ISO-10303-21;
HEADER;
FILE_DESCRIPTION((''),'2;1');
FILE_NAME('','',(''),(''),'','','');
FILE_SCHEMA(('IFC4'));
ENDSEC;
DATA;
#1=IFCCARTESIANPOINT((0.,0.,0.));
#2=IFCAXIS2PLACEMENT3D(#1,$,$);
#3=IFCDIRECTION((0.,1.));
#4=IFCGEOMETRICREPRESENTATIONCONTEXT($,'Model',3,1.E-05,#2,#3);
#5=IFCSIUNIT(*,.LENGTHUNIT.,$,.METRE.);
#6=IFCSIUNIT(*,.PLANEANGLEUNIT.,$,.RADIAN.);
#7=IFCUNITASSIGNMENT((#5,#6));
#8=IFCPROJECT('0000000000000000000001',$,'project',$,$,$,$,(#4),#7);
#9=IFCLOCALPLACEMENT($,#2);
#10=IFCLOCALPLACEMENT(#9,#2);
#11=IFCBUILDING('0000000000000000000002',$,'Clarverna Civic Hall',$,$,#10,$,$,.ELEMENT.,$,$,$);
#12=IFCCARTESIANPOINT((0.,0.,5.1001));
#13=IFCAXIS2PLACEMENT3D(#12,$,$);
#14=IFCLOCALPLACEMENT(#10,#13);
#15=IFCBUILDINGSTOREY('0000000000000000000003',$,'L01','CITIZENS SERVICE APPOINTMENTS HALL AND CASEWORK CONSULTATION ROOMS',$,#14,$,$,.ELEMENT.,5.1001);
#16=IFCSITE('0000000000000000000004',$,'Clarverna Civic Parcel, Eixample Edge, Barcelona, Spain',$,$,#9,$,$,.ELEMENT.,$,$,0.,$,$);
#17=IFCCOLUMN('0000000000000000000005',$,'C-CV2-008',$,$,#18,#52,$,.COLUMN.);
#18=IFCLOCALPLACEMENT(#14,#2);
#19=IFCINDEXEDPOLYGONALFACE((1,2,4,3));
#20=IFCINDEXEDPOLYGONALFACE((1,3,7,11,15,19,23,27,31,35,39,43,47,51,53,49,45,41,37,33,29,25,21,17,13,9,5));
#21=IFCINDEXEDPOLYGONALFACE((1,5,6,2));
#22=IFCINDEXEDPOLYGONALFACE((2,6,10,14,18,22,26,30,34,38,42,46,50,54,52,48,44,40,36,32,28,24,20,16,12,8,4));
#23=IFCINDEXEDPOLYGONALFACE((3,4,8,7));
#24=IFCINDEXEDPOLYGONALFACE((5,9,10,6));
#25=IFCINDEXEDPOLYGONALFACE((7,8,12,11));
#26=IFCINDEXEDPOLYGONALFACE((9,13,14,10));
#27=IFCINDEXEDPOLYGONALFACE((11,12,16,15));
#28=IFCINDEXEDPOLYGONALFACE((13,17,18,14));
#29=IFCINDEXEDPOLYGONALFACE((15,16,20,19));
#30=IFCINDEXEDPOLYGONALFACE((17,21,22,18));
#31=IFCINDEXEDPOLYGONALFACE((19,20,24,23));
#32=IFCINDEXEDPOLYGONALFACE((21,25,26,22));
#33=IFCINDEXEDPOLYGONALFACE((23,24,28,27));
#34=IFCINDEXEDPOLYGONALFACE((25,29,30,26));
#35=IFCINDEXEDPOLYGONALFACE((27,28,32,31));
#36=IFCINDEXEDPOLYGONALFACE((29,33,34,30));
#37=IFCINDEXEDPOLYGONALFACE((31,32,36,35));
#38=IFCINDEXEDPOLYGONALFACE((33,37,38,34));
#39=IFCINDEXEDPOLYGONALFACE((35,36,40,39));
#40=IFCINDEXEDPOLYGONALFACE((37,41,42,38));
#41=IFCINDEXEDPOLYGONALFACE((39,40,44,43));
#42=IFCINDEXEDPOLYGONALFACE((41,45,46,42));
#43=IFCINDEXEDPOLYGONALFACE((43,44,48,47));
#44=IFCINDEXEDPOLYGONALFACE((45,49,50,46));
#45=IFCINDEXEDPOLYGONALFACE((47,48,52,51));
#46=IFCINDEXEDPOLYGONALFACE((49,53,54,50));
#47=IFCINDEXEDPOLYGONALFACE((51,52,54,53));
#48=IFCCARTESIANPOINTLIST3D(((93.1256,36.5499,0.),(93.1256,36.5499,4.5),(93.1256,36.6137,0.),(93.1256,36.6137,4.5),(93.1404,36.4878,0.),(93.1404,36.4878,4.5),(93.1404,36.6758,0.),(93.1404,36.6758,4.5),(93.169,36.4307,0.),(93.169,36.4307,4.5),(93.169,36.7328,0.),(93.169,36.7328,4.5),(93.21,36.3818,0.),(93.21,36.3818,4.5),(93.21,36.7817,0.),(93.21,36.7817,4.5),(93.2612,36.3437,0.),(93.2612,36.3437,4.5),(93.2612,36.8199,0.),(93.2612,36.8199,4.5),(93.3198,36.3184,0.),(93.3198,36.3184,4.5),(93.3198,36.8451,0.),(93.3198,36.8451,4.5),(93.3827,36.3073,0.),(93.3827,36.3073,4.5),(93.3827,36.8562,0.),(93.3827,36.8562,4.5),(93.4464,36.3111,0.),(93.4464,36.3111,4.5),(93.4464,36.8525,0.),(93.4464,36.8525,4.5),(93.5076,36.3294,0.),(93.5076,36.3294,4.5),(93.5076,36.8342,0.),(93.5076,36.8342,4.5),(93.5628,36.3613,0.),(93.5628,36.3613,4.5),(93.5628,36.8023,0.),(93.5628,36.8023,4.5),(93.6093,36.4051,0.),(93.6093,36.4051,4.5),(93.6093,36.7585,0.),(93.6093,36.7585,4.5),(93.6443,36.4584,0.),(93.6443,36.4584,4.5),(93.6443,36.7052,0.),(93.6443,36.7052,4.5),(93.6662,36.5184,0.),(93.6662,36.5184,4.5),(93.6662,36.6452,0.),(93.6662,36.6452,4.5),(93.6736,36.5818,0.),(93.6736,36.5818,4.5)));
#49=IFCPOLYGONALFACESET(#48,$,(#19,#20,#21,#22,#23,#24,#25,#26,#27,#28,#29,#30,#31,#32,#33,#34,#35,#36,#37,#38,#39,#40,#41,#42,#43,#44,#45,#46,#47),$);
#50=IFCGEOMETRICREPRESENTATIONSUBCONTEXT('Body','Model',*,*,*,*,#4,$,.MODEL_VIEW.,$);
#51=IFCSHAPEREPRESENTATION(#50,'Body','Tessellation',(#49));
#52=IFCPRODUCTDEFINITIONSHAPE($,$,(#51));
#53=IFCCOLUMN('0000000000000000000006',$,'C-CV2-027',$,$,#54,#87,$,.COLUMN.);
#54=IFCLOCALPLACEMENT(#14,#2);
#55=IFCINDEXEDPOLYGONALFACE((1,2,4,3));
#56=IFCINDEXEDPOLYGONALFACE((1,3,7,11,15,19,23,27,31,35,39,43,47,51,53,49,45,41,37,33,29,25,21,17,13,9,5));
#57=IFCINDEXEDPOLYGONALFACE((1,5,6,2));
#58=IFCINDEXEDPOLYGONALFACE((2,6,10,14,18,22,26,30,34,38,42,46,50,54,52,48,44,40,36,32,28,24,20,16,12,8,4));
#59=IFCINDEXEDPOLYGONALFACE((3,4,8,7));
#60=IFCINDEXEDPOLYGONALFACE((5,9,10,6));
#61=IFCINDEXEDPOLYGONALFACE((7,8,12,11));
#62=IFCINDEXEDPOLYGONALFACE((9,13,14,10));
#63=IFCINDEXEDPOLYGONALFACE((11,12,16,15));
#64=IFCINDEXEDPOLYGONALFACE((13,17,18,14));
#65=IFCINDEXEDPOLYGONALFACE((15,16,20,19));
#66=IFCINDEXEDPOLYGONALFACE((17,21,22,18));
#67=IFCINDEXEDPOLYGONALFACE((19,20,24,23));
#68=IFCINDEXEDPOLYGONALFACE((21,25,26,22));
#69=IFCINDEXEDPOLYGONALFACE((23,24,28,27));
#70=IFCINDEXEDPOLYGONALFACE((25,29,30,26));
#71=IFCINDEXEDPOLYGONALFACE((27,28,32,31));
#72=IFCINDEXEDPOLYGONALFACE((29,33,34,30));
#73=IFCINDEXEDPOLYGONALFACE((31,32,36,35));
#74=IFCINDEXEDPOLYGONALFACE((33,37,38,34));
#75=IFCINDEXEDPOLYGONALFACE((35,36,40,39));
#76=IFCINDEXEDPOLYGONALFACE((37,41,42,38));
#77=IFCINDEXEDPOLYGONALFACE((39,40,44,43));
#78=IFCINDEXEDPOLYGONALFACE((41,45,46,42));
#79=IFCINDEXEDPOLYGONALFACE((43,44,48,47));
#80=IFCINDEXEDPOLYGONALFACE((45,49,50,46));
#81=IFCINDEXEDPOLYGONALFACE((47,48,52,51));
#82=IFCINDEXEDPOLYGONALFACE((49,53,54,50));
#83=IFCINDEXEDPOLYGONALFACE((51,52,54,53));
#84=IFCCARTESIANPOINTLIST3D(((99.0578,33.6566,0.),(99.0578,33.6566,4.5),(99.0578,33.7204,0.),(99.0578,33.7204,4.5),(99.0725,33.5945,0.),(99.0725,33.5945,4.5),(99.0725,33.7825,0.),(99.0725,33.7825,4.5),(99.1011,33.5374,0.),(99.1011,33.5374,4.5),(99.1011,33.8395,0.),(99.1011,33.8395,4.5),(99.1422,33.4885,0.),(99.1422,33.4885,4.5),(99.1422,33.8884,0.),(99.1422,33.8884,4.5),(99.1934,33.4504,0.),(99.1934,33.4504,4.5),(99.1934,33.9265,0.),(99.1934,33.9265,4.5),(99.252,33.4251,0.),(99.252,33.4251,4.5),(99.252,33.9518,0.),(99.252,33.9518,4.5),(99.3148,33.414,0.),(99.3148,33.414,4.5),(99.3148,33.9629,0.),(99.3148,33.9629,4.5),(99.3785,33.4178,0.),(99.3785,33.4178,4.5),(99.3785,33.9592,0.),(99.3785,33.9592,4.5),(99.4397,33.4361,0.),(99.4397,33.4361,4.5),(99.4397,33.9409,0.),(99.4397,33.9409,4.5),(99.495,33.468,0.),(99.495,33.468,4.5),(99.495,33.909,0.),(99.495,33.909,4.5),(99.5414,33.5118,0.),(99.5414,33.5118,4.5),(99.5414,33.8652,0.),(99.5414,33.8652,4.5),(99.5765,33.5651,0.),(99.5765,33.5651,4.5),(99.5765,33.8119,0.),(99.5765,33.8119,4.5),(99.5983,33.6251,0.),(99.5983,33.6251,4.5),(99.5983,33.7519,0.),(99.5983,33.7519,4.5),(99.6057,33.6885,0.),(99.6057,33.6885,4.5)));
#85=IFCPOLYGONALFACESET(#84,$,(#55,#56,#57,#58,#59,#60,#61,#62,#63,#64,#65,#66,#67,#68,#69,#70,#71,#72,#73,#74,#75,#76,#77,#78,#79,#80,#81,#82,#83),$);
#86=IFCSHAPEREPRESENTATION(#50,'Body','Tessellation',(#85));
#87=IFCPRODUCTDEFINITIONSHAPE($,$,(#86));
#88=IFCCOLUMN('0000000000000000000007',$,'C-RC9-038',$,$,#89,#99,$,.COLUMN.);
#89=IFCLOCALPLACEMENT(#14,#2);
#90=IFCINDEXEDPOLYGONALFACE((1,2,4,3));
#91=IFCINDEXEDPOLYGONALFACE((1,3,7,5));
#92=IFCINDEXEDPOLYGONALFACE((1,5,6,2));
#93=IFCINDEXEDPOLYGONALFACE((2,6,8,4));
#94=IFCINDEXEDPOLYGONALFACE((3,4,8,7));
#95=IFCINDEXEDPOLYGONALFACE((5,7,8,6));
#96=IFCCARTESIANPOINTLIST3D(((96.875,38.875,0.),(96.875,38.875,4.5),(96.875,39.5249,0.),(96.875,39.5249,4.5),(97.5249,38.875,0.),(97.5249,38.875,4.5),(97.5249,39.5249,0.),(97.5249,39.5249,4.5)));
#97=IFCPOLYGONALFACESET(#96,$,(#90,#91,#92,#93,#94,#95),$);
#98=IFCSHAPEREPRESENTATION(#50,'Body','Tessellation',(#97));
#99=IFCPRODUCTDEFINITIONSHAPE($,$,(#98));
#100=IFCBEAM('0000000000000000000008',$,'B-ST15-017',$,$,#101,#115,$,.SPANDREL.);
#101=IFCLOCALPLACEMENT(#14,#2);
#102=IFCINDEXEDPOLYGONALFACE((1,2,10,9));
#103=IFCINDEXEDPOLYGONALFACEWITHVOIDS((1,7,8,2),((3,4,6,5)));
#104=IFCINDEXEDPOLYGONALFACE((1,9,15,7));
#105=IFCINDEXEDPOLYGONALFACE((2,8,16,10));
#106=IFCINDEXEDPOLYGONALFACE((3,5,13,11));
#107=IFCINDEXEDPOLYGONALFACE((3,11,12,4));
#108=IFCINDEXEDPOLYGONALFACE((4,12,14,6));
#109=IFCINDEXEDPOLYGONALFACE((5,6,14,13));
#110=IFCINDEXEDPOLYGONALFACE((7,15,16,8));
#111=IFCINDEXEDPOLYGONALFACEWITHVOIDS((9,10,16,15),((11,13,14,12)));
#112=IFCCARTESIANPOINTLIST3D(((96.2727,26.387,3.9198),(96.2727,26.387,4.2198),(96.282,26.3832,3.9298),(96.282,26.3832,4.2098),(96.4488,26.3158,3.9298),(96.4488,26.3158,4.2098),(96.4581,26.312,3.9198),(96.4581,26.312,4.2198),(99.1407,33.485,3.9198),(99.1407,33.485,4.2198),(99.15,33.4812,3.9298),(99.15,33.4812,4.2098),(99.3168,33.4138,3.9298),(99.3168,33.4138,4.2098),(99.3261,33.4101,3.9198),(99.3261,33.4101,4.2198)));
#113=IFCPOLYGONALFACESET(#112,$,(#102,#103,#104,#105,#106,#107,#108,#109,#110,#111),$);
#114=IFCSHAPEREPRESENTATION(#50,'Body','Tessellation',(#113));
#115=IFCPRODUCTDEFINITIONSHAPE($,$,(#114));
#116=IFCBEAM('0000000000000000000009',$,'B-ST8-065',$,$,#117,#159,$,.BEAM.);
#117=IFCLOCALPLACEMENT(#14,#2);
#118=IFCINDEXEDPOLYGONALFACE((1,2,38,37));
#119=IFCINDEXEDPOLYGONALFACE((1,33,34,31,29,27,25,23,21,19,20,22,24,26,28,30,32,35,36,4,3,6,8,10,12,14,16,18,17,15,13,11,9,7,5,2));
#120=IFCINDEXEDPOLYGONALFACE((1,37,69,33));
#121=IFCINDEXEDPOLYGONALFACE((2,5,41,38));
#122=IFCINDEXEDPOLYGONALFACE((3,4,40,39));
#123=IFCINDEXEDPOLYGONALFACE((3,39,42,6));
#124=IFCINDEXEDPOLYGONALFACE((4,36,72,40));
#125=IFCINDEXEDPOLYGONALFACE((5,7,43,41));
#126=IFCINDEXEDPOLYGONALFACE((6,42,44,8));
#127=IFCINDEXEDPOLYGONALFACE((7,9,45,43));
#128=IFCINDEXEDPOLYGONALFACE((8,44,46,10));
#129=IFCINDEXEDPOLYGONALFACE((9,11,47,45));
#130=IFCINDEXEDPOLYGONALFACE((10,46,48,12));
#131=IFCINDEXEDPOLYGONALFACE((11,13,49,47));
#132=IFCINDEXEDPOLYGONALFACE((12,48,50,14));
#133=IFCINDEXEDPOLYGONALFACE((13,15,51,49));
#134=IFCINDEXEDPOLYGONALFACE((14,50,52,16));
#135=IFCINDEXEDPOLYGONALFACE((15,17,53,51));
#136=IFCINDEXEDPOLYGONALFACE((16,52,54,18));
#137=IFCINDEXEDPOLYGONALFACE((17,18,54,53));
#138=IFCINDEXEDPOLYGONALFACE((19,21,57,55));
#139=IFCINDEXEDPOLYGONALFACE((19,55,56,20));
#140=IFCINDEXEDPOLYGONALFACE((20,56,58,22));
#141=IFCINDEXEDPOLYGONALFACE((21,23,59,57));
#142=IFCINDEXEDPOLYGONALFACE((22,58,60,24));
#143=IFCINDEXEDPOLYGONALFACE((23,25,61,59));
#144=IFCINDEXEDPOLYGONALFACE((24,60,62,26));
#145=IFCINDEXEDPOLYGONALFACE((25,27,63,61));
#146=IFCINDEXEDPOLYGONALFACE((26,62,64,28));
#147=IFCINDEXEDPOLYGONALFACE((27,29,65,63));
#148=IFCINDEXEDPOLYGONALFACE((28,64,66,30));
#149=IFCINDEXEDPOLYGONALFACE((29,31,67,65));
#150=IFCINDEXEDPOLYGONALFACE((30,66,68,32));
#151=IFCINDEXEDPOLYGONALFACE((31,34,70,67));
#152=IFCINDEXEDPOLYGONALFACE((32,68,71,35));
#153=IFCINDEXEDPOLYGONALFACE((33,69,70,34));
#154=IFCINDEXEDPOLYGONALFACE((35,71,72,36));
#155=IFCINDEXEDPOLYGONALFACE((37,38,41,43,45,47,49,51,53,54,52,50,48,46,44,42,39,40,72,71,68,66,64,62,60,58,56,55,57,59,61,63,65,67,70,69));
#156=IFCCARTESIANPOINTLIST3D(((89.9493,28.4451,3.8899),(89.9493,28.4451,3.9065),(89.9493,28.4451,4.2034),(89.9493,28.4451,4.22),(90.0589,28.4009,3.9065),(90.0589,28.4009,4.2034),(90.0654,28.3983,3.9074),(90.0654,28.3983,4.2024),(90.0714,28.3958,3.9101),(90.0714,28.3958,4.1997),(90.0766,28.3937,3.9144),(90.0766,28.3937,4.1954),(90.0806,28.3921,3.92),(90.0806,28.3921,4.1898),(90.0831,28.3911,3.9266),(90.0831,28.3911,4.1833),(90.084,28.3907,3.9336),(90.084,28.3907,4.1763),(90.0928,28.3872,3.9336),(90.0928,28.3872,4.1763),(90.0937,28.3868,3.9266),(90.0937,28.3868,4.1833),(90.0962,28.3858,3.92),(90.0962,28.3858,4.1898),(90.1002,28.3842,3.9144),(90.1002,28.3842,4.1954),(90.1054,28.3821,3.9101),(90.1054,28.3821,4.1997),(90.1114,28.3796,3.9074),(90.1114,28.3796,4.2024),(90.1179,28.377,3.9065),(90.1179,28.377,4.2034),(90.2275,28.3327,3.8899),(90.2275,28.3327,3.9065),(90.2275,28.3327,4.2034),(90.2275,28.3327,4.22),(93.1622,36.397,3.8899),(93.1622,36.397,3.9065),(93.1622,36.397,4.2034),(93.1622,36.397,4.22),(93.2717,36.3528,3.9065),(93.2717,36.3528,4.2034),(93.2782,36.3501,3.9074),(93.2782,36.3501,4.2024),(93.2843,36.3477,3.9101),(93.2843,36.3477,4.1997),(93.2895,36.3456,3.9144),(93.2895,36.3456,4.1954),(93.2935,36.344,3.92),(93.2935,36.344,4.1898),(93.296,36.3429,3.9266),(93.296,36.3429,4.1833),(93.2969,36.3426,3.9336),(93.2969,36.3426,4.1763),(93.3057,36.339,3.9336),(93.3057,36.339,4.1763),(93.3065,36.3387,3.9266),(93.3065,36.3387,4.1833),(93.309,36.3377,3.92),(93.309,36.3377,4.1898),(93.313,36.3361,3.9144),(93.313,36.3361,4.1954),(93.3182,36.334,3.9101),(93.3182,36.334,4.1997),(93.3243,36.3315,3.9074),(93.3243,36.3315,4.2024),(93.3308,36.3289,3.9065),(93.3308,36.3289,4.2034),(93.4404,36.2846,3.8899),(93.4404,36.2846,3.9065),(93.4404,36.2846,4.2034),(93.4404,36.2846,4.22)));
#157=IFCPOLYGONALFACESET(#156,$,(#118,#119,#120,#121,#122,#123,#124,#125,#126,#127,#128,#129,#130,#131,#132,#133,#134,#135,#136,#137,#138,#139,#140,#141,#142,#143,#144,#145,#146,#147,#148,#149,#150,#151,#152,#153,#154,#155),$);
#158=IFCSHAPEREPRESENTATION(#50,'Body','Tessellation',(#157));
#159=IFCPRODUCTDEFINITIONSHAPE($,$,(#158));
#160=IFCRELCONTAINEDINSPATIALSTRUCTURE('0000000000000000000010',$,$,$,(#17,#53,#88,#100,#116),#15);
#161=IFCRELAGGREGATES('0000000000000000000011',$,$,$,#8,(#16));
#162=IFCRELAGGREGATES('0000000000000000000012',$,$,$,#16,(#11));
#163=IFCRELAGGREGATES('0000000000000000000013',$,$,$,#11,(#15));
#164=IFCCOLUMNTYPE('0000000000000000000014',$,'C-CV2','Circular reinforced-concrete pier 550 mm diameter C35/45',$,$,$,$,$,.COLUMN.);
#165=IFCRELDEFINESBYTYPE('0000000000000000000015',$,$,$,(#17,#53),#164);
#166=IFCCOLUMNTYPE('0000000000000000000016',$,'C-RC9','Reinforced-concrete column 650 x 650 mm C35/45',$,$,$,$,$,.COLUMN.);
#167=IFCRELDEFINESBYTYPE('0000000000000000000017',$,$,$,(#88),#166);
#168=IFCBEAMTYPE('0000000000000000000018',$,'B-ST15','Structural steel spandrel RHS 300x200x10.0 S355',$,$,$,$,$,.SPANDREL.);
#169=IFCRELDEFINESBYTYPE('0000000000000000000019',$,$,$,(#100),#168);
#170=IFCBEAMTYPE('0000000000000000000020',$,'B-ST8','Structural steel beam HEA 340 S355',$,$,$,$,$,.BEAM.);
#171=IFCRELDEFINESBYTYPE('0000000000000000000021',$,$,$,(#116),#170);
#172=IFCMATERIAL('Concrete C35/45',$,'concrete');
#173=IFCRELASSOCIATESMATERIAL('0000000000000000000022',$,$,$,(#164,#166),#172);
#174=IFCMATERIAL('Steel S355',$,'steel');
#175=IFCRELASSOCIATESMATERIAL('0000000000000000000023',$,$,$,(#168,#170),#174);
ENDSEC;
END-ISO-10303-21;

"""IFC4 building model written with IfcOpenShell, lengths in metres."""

from ifc_helpers import new_model, si_unit, direction, frame, origin, origin_2d, place, context, subcontext, project, spatial, rectangle, hollow_rectangle, circle, i_section, extrude, material, material_profile, profile_set, type_object, element, save


model = new_model("IFC4")

# Units and contexts
model_context = context("Model", 3, precision=1e-05, world=origin(), true_north=direction((0.0, 1.0)))
body_context = subcontext(model_context, "Body", "Model", "MODEL_VIEW")
ifc_project = project(units=[si_unit("LENGTHUNIT", "METRE"), si_unit("PLANEANGLEUNIT", "RADIAN")], contexts=[model_context])

# Site, building, storey
site_placement = place(None, origin())
site = spatial("IfcSite", under=ifc_project, at=site_placement, Name="Clarverna Civic Parcel, Eixample Edge, Barcelona, Spain", CompositionType="ELEMENT", RefElevation=0.0)
building_placement = place(site_placement, origin())
building = spatial("IfcBuilding", under=site, at=building_placement, Name="Clarverna Civic Hall", CompositionType="ELEMENT")
storey_placement = place(building_placement, frame((0.0, 0.0, 5.1001)))
storey = spatial("IfcBuildingStorey", under=building, at=storey_placement, Name="L01", Description="CITIZENS SERVICE APPOINTMENTS HALL AND CASEWORK CONSULTATION ROOMS", CompositionType="ELEMENT", Elevation=5.1001)

# Columns
ifc_material_1 = material(Name="Concrete C35/45", Category="concrete")
ifc_material_profile_1 = material_profile(ifc_material_1, circle(Radius=0.2749, at=origin_2d()), Name="RC D550")
ifc_profile_set_1 = profile_set([ifc_material_profile_1], Name="Concrete C35/45")
column_type_1 = type_object("IfcColumnType", Name="C-CV2", Description="Circular reinforced-concrete pier 550 mm diameter C35/45", PredefinedType="COLUMN", material=ifc_profile_set_1)
for number, where, z_axis, x_axis, name in (
    (1, (93.3987, 36.5818, 0.0), (0.0, 0.0, 1.0), (1.0, 0.0, 0.0), "C-CV2-008"),
    (2, (99.3308, 33.6885, 0.0), (0.0, 0.0, 1.0), (1.0, 0.0, 0.0), "C-CV2-027"),
):
    element("IfcColumn", number, at=place(storey_placement, frame(where, z_axis=z_axis, x_axis=x_axis)), inside=storey, type_object=column_type_1, Name=name, PredefinedType="COLUMN", context=body_context, shape_type="SweptSolid", body=[
        extrude(circle(Radius=0.2749, at=origin_2d()), origin(), (0.0, 0.0, 1.0), 4.5),
    ])
ifc_material_profile_2 = material_profile(ifc_material_1, rectangle(XDim=0.6499, YDim=0.6499, at=origin_2d()), Name="RC 650x650")
ifc_profile_set_2 = profile_set([ifc_material_profile_2], Name="Concrete C35/45")
column_type_2 = type_object("IfcColumnType", Name="C-RC9", Description="Reinforced-concrete column 650 x 650 mm C35/45", PredefinedType="COLUMN", material=ifc_profile_set_2)
column_placement = place(storey_placement, frame((97.2, 39.2, 0.0), z_axis=(0.0, 0.0, 1.0), x_axis=(1.0, 0.0, 0.0)))
element("IfcColumn", 3, at=column_placement, inside=storey, type_object=column_type_2, Name="C-RC9-038", PredefinedType="COLUMN", context=body_context, shape_type="SweptSolid", body=[
    extrude(rectangle(XDim=0.6499, YDim=0.6499, at=origin_2d()), origin(), (0.0, 0.0, 1.0), 4.5),
])

# Beams
ifc_material_2 = material(Name="Steel S355", Category="steel")
ifc_material_profile_3 = material_profile(ifc_material_2, hollow_rectangle(XDim=0.2, YDim=0.3, WallThickness=0.01, at=origin_2d()), Name="RHS 300x200x10.0")
ifc_profile_set_3 = profile_set([ifc_material_profile_3], Name="Steel S355")
beam_type_1 = type_object("IfcBeamType", Name="B-ST15", Description="Structural steel spandrel RHS 300x200x10.0 S355", PredefinedType="SPANDREL", material=ifc_profile_set_3)
beam_1_placement = place(storey_placement, frame((99.2334, 33.4475, 4.0698), z_axis=(-0.374627, -0.927176, 0.0), x_axis=(0.927176, -0.374627, 0.0)))
element("IfcBeam", 4, at=beam_1_placement, inside=storey, type_object=beam_type_1, Name="B-ST15-017", PredefinedType="SPANDREL", context=body_context, shape_type="SweptSolid", body=[
    extrude(hollow_rectangle(XDim=0.2, YDim=0.3, WallThickness=0.01, at=origin_2d()), origin(), (0.0, 0.0, 1.0), 7.6555),
])
ifc_material_profile_4 = material_profile(ifc_material_2, i_section(OverallWidth=0.3, OverallDepth=0.3301, WebThickness=0.0095, FlangeThickness=0.0166, FilletRadius=0.0271, at=origin_2d()), Name="HEA 340")
ifc_profile_set_4 = profile_set([ifc_material_profile_4], Name="Steel S355")
beam_type_2 = type_object("IfcBeamType", Name="B-ST8", Description="Structural steel beam HEA 340 S355", PredefinedType="BEAM", material=ifc_profile_set_4)
beam_2_placement = place(storey_placement, frame((93.3013, 36.3408, 4.0549), z_axis=(-0.374618, -0.927179, 0.0), x_axis=(0.927179, -0.374618, 0.0)))
element("IfcBeam", 5, at=beam_2_placement, inside=storey, type_object=beam_type_2, Name="B-ST8-065", PredefinedType="BEAM", context=body_context, shape_type="SweptSolid", body=[
    extrude(i_section(OverallWidth=0.3, OverallDepth=0.3301, WebThickness=0.0095, FlangeThickness=0.0166, FilletRadius=0.0271, at=origin_2d()), origin(), (0.0, 0.0, 1.0), 8.5764),
])

save(model, "model.ifc")
